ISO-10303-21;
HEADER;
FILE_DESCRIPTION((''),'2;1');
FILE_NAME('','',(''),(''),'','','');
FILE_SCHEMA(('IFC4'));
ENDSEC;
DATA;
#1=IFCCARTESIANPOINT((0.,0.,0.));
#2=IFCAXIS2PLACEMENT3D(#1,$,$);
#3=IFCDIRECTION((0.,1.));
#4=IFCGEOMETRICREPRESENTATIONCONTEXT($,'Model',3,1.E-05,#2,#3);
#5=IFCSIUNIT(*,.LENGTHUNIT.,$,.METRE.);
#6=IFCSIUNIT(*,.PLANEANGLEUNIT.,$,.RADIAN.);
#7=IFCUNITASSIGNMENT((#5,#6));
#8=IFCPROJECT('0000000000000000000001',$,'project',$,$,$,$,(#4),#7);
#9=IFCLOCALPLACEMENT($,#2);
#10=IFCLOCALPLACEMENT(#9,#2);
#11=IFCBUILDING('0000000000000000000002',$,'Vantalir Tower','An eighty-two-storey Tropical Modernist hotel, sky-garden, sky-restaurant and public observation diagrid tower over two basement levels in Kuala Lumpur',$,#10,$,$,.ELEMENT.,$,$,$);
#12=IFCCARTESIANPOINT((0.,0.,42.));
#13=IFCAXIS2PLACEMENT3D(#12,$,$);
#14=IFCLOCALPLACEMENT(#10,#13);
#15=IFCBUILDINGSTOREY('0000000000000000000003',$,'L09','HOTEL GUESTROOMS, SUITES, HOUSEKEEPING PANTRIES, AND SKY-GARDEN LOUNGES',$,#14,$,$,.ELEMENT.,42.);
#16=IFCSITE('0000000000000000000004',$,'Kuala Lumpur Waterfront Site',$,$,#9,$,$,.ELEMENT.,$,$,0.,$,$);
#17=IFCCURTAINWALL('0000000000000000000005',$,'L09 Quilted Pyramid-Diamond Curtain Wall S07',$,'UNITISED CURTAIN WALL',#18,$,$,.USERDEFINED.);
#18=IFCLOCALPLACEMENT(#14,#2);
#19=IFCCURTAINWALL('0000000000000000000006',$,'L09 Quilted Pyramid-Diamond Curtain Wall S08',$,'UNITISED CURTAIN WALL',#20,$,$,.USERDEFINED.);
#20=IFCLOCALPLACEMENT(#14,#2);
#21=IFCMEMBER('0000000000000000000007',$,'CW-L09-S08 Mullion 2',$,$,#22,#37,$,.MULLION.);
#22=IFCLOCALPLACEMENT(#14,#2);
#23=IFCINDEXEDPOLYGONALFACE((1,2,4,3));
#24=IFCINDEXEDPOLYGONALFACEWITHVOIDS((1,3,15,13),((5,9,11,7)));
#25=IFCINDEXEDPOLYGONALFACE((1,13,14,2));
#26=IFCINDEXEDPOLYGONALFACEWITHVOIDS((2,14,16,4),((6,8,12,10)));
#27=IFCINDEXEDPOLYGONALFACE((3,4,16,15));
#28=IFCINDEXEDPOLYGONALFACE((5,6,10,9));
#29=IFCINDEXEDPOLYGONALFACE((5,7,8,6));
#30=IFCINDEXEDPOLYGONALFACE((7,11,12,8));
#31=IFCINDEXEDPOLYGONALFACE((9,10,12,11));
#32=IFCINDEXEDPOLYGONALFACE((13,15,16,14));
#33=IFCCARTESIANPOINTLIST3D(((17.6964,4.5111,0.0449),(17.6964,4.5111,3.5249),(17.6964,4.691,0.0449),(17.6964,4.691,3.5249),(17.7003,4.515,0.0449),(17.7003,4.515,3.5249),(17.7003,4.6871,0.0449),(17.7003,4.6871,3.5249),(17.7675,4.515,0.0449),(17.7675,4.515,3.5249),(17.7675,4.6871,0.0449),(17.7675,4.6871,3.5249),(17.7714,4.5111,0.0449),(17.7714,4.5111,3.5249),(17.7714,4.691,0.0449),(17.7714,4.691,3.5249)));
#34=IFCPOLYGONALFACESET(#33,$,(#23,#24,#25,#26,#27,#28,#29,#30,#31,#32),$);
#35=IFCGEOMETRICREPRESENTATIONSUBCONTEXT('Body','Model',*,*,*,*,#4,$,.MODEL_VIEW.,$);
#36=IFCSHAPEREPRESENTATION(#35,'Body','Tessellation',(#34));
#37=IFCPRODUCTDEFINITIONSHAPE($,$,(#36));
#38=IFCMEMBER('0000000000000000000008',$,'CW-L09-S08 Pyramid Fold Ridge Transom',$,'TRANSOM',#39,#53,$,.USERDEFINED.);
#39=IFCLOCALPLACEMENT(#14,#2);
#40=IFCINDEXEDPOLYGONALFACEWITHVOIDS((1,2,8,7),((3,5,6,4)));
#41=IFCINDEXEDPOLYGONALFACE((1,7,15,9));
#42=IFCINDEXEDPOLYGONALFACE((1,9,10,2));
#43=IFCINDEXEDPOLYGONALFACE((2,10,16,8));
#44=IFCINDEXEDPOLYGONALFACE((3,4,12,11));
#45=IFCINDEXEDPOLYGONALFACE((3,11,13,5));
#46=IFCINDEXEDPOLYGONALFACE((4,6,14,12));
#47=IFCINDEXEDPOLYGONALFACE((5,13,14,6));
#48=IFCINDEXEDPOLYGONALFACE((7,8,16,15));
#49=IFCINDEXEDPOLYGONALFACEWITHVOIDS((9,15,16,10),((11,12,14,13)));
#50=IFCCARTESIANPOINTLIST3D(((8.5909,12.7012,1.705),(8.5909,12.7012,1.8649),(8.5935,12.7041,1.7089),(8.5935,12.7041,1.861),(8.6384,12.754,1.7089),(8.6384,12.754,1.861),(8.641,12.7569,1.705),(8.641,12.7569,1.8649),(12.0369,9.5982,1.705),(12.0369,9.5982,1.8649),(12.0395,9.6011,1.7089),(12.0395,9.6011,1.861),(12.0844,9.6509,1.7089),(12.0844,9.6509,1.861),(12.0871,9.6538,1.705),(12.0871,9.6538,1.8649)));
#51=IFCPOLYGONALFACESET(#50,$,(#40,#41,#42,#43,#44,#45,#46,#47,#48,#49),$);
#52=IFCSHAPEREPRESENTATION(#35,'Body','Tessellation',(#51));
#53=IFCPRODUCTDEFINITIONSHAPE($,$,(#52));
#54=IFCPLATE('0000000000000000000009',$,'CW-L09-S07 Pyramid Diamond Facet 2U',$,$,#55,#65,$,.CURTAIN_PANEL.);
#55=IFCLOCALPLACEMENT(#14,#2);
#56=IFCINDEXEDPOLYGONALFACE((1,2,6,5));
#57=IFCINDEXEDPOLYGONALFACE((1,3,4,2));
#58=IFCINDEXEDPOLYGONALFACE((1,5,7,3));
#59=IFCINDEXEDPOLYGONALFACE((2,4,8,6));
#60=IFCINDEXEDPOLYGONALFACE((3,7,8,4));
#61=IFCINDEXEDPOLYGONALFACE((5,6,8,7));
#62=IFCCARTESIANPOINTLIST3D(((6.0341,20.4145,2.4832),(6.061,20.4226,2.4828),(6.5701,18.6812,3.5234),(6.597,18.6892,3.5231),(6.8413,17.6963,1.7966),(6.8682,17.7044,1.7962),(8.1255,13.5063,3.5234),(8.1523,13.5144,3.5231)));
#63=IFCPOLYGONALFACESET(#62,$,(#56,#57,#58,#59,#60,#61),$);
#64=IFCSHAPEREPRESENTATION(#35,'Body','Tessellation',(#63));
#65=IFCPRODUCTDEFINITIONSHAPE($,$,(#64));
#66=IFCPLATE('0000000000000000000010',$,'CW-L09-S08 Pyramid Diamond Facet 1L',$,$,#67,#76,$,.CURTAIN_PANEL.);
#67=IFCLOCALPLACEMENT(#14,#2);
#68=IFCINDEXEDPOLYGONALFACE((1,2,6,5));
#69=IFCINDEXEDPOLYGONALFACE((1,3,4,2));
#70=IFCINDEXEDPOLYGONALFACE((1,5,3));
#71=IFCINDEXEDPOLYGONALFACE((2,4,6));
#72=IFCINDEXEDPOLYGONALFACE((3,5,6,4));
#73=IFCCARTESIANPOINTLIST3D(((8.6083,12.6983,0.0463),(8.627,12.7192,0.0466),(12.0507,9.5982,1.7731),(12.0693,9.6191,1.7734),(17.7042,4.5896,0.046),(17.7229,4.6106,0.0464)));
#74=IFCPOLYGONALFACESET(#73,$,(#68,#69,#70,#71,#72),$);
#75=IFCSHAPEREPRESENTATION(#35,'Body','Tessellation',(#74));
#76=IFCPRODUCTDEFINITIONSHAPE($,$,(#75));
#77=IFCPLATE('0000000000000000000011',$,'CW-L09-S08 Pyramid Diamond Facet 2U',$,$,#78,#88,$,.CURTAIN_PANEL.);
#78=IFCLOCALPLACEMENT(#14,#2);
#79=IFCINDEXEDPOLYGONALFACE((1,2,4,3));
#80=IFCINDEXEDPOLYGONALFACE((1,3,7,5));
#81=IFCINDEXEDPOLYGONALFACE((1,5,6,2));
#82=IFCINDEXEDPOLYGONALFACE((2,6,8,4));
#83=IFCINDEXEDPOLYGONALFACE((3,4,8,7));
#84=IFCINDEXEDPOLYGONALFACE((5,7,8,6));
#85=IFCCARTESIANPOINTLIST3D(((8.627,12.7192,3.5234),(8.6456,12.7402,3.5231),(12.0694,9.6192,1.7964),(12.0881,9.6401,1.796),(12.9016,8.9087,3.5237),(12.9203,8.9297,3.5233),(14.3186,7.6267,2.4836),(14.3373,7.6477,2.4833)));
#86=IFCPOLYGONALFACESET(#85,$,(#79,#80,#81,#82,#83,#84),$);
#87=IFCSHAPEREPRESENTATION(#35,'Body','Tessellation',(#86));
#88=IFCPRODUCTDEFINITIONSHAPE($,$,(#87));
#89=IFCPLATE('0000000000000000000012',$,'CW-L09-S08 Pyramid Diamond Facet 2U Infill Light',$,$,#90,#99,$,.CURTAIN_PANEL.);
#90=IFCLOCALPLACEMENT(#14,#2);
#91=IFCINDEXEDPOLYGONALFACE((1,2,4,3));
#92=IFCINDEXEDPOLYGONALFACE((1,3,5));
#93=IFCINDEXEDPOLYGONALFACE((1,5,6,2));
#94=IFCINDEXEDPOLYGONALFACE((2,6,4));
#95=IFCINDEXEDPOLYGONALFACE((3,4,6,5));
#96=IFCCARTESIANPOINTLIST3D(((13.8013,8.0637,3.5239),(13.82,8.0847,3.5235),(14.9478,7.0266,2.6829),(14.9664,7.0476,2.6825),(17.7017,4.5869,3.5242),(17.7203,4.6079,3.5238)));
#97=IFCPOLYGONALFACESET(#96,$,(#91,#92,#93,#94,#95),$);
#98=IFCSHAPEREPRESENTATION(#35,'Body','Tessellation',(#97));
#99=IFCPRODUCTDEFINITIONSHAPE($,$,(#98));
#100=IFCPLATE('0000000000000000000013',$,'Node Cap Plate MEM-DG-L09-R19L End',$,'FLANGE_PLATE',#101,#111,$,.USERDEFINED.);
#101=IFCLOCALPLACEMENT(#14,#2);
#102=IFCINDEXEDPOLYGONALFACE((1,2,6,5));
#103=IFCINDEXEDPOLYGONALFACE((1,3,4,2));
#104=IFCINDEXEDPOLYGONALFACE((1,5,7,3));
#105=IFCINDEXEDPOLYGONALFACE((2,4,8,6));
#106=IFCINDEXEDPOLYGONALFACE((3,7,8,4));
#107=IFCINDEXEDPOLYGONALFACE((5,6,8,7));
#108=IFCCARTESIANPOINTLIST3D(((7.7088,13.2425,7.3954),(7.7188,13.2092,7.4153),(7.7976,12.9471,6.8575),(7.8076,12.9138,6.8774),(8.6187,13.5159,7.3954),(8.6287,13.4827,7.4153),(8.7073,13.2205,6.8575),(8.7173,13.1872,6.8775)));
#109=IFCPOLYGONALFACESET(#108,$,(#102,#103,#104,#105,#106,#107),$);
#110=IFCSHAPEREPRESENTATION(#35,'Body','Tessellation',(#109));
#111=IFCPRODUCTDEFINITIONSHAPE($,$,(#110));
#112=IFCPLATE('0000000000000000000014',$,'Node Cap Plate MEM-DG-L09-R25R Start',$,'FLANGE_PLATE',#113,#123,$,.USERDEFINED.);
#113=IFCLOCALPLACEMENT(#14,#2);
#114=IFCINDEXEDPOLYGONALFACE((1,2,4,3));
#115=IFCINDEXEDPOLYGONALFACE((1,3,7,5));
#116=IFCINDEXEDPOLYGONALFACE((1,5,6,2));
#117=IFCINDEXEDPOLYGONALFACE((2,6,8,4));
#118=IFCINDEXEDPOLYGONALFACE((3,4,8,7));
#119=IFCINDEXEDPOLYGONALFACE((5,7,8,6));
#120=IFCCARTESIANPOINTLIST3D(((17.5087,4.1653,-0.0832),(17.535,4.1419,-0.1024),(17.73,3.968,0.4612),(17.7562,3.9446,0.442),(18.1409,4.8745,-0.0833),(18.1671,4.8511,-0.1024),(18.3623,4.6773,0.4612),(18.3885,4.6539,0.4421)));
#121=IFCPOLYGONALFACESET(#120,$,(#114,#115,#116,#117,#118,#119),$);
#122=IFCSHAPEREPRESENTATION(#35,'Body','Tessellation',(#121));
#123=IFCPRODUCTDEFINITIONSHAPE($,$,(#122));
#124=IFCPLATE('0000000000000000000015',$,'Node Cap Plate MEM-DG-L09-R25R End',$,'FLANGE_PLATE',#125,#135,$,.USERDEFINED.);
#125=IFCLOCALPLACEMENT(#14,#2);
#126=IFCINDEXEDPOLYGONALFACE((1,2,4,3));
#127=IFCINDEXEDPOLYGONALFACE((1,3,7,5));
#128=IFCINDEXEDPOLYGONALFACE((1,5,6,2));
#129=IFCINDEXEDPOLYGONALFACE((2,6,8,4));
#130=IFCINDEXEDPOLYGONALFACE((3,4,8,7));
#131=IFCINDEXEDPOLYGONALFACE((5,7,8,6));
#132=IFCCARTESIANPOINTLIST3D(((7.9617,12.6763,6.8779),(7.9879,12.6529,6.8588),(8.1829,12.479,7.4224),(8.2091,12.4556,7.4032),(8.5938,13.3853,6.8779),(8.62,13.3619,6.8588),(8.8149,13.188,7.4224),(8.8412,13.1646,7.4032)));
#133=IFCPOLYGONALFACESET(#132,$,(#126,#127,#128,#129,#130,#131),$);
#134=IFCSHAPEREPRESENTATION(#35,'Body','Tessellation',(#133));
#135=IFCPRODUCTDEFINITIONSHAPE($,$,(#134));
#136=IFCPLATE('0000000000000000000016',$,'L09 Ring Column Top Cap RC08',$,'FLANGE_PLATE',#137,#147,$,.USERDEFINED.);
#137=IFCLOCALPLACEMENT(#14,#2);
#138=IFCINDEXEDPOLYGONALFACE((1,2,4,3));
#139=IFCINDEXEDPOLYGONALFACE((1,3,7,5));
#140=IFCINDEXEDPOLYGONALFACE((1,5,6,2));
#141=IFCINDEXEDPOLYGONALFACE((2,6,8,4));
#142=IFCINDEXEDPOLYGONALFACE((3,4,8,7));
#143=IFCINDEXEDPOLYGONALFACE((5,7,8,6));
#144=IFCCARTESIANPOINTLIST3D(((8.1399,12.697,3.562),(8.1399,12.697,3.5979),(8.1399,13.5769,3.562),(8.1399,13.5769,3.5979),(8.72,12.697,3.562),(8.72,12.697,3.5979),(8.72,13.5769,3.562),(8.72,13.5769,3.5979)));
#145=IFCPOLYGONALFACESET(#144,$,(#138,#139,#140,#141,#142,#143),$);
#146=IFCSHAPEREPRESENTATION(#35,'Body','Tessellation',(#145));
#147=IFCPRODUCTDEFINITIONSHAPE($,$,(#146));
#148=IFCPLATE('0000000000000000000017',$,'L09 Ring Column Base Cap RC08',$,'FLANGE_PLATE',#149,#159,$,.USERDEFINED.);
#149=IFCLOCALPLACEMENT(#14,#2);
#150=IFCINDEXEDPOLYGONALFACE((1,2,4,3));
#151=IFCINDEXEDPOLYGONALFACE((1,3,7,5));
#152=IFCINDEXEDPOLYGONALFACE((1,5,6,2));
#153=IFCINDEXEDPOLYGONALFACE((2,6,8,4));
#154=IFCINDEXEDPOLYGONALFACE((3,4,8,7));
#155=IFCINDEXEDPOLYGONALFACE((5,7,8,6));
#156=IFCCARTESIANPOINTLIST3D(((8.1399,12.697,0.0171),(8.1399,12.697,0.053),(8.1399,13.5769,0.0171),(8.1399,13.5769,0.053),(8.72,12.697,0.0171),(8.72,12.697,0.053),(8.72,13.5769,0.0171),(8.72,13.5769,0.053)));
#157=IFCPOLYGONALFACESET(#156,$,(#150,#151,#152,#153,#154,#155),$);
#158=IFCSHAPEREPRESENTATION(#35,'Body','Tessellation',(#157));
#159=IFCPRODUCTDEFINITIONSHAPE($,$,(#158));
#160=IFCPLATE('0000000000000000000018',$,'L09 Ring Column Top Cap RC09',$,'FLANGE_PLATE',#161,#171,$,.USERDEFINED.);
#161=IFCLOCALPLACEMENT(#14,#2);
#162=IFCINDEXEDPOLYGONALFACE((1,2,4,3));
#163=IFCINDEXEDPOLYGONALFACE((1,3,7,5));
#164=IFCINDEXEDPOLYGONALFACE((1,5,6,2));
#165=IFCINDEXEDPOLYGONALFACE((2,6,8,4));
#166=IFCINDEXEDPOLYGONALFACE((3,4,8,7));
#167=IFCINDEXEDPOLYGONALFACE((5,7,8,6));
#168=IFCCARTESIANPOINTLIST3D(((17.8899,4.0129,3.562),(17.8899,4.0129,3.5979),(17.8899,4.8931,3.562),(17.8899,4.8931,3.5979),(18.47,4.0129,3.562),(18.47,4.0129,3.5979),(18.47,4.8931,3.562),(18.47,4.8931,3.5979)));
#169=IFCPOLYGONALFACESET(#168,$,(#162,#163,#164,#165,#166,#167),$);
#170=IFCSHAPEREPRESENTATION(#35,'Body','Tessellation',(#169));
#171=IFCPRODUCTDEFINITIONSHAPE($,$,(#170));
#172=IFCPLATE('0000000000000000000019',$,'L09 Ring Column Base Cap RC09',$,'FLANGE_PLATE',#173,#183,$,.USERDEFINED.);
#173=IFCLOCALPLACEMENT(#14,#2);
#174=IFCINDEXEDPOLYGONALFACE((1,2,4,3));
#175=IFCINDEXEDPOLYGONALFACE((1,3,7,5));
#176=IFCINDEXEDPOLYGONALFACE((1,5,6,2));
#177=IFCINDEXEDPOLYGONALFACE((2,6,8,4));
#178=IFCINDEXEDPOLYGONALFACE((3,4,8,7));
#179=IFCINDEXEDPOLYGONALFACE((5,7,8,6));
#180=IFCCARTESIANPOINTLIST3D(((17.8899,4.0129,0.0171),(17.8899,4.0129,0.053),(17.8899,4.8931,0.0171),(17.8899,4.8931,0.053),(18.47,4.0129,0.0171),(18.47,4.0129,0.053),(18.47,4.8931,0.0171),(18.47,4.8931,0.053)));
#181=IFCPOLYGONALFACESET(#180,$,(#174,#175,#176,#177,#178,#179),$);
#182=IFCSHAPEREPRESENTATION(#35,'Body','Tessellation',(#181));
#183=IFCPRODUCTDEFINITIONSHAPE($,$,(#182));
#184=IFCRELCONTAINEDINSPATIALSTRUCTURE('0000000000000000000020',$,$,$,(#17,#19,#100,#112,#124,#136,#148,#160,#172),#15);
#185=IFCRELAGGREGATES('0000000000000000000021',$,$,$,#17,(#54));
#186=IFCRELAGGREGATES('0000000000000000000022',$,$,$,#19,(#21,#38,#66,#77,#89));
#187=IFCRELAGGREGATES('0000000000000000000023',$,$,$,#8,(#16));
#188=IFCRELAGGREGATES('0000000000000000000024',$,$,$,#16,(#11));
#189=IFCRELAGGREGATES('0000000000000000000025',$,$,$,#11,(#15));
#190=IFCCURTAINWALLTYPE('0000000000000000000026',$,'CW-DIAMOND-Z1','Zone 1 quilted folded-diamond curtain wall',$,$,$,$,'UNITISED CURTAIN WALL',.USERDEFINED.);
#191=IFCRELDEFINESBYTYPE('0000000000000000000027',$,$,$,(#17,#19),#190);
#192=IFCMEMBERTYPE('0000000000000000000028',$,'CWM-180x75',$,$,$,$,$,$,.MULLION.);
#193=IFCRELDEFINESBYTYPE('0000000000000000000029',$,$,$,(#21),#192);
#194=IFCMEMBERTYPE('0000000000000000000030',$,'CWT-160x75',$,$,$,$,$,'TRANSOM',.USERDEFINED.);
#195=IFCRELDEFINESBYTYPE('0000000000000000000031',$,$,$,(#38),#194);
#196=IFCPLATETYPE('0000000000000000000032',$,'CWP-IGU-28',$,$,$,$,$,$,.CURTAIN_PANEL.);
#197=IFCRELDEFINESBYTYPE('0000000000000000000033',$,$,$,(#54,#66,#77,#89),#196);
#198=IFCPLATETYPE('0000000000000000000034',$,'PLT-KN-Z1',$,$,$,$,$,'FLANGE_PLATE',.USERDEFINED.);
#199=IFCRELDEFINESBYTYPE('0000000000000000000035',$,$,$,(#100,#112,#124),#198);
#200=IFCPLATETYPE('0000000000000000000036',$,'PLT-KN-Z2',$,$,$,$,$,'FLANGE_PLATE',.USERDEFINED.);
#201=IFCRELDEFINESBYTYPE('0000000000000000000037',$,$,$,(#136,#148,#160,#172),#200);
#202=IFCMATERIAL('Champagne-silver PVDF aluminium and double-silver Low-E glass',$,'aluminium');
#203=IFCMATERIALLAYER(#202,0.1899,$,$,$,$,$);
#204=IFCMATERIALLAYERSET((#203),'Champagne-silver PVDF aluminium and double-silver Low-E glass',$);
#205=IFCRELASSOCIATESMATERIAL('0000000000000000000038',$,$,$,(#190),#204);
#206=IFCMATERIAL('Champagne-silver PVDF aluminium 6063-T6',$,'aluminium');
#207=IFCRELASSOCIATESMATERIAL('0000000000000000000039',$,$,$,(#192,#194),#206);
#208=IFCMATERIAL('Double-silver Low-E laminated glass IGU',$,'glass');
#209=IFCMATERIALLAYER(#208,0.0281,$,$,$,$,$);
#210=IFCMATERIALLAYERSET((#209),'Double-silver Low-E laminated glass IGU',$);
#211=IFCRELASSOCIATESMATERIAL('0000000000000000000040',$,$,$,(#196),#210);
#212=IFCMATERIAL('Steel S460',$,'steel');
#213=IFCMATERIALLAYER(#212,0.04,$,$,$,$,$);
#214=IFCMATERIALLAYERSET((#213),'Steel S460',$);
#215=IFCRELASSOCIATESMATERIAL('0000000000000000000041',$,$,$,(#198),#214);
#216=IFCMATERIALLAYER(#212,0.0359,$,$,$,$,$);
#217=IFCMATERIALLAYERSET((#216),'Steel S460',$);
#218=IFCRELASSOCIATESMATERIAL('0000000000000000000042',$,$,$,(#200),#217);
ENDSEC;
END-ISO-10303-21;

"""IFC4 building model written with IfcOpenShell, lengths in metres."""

from ifc_helpers import new_model, si_unit, direction, frame, origin, origin_2d, place, context, subcontext, project, spatial, polyline, hollow_rectangle, outline, extrude, material, layer, layer_set, material_profile, profile_set, type_object, element, aggregate, save


model = new_model("IFC4")

# Units and contexts
model_context = context("Model", 3, precision=1e-05, world=origin(), true_north=direction((0.0, 1.0)))
body_context = subcontext(model_context, "Body", "Model", "MODEL_VIEW")
ifc_project = project(units=[si_unit("LENGTHUNIT", "METRE"), si_unit("PLANEANGLEUNIT", "RADIAN")], contexts=[model_context])

# Site, building, storey
site_placement = place(None, origin())
site = spatial("IfcSite", under=ifc_project, at=site_placement, Name="Kuala Lumpur Waterfront Site", CompositionType="ELEMENT", RefElevation=0.0)
building_placement = place(site_placement, origin())
building = spatial("IfcBuilding", under=site, at=building_placement, Name="Vantalir Tower", Description="An eighty-two-storey Tropical Modernist hotel, sky-garden, sky-restaurant and public observation diagrid tower over two basement levels in Kuala Lumpur", CompositionType="ELEMENT")
storey_placement = place(building_placement, frame((0.0, 0.0, 42.0)))
storey = spatial("IfcBuildingStorey", under=building, at=storey_placement, Name="L09", Description="HOTEL GUESTROOMS, SUITES, HOUSEKEEPING PANTRIES, AND SKY-GARDEN LOUNGES", CompositionType="ELEMENT", Elevation=42.0)

# Shared definitions
ifc_material_1 = material(Name="Steel S460", Category="steel")

# Curtain wall
ifc_material_2 = material(Name="Champagne-silver PVDF aluminium and double-silver Low-E glass", Category="aluminium")
ifc_layer_1 = layer(ifc_material_2, 0.1899)
ifc_layer_set_1 = layer_set([ifc_layer_1], Name="Champagne-silver PVDF aluminium and double-silver Low-E glass")
curtain_wall_type = type_object("IfcCurtainWallType", Name="CW-DIAMOND-Z1", Description="Zone 1 quilted folded-diamond curtain wall", ElementType="UNITISED CURTAIN WALL", PredefinedType="USERDEFINED", material=ifc_layer_set_1)
curtain_wall_1_placement = place(storey_placement, origin())
curtain_wall_1 = element("IfcCurtainWall", 1, at=curtain_wall_1_placement, inside=storey, type_object=curtain_wall_type, Name="L09 Quilted Pyramid-Diamond Curtain Wall S07", ObjectType="UNITISED CURTAIN WALL", PredefinedType="USERDEFINED")
ifc_material_3 = material(Name="Champagne-silver PVDF aluminium 6063-T6", Category="aluminium")
ifc_material_profile_1 = material_profile(ifc_material_3, hollow_rectangle(XDim=0.075, YDim=0.1799, WallThickness=0.0039, at=origin_2d()), Name="Champagne-silver PVDF aluminium 6063-T6")
ifc_profile_set_1 = profile_set([ifc_material_profile_1], Name="Champagne-silver PVDF aluminium 6063-T6")
member_type_1 = type_object("IfcMemberType", Name="CWM-180x75", PredefinedType="MULLION", material=ifc_profile_set_1)

# Curtain wall, members
curtain_wall_2_placement = place(storey_placement, origin())
curtain_wall_2 = element("IfcCurtainWall", 2, at=curtain_wall_2_placement, inside=storey, type_object=curtain_wall_type, Name="L09 Quilted Pyramid-Diamond Curtain Wall S08", ObjectType="UNITISED CURTAIN WALL", PredefinedType="USERDEFINED")
member_1_placement = place(storey_placement, frame((17.7339, 4.6011, 0.0449), z_axis=(0.0, 0.0, 1.0), x_axis=(1.0, 0.0, 0.0)))
member_1 = element("IfcMember", 3, at=member_1_placement, type_object=member_type_1, Name="CW-L09-S08 Mullion 2", PredefinedType="MULLION", context=body_context, shape_type="SweptSolid", body=[
    extrude(hollow_rectangle(XDim=0.075, YDim=0.1799, WallThickness=0.0039, at=origin_2d()), origin(), (0.0, 0.0, 1.0), 3.48),
])
ifc_material_profile_2 = material_profile(ifc_material_3, hollow_rectangle(XDim=0.075, YDim=0.1599, WallThickness=0.0039, at=origin_2d()), Name="Champagne-silver PVDF aluminium 6063-T6")
ifc_profile_set_2 = profile_set([ifc_material_profile_2], Name="Champagne-silver PVDF aluminium 6063-T6")
member_type_2 = type_object("IfcMemberType", Name="CWT-160x75", ElementType="TRANSOM", PredefinedType="USERDEFINED", material=ifc_profile_set_2)
member_2_placement = place(storey_placement, frame((8.616, 12.729, 1.7849), z_axis=(0.743124, -0.669154, 0.0), x_axis=(0.669154, 0.743124, 0.0)))
member_2 = element("IfcMember", 4, at=member_2_placement, type_object=member_type_2, Name="CW-L09-S08 Pyramid Fold Ridge Transom", ObjectType="TRANSOM", PredefinedType="USERDEFINED", context=body_context, shape_type="SweptSolid", body=[
    extrude(hollow_rectangle(XDim=0.075, YDim=0.1599, WallThickness=0.0039, at=origin_2d()), origin(), (0.0, 0.0, 1.0), 4.6372),
])

# Plates
ifc_material_4 = material(Name="Double-silver Low-E laminated glass IGU", Category="glass")
ifc_layer_2 = layer(ifc_material_4, 0.0281)
ifc_layer_set_2 = layer_set([ifc_layer_2], Name="Double-silver Low-E laminated glass IGU")
plate_type_1 = type_object("IfcPlateType", Name="CWP-IGU-28", PredefinedType="CURTAIN_PANEL", material=ifc_layer_set_2)
plate_1_placement = place(storey_placement, frame((6.5701, 18.6812, 3.5234), z_axis=(-0.957586, -0.287819, 0.01374), x_axis=(0.287847, -0.957677, 0.0)))
plate_1 = element("IfcPlate", 5, at=plate_1_placement, type_object=plate_type_1, Name="CW-L09-S07 Pyramid Diamond Facet 2U", PredefinedType="CURTAIN_PANEL", context=body_context, shape_type="SweptSolid", body=[
    extrude(outline(polyline([(0.0, 0.0), (5.4035, 0.0), (1.0213, -1.727), (-1.8143, -1.0404), (0.0, 0.0)])), origin(), (0.0, 0.0, -1.0), 0.0281),
])
aggregate(curtain_wall_1, [plate_1])
plate_2_placement = place(storey_placement, frame((8.627, 12.7192, 0.0466), z_axis=(0.665373, 0.746388, 0.013555), x_axis=(0.746457, -0.665434, -0.00002)))
plate_2 = element("IfcPlate", 6, at=plate_2_placement, type_object=plate_type_1, Name="CW-L09-S08 Pyramid Diamond Facet 1L", PredefinedType="CURTAIN_PANEL", context=body_context, shape_type="SweptSolid", body=[
    extrude(outline(polyline([(0.0, 0.0), (12.1855, 0.0), (4.6325, -1.7271), (0.0, 0.0)])), origin(), (0.0, 0.0, -1.0), 0.0281),
])
plate_3_placement = place(storey_placement, frame((8.627, 12.7192, 3.5234), z_axis=(-0.665353, -0.746405, 0.01359), x_axis=(0.746474, -0.665414, 0.000042)))
plate_3 = element("IfcPlate", 7, at=plate_3_placement, type_object=plate_type_1, Name="CW-L09-S08 Pyramid Diamond Facet 2U", PredefinedType="CURTAIN_PANEL", context=body_context, shape_type="SweptSolid", body=[
    extrude(outline(polyline([(0.0, 0.0), (5.7265, 0.0), (7.6373, -1.0402), (4.6324, -1.7274), (0.0, 0.0)])), origin(), (0.0, 0.0, -1.0), 0.0281),
])
plate_4_placement = place(storey_placement, frame((13.8013, 8.0637, 3.5239), z_axis=(-0.665351, -0.74641, 0.013429), x_axis=(0.746478, -0.66541, 0.000047)))
plate_4 = element("IfcPlate", 8, at=plate_4_placement, type_object=plate_type_1, Name="CW-L09-S08 Pyramid Diamond Facet 2U Infill Light", PredefinedType="CURTAIN_PANEL", context=body_context, shape_type="SweptSolid", body=[
    extrude(outline(polyline([(0.0, 0.0), (5.2251, 0.0), (1.5459, -0.8412), (0.0, 0.0)])), origin(), (0.0, 0.0, -1.0), 0.0281),
])
aggregate(curtain_wall_2, [member_1, member_2, plate_2, plate_3, plate_4])

# Plates
ifc_layer_3 = layer(ifc_material_1, 0.04)
ifc_layer_set_3 = layer_set([ifc_layer_3], Name="Steel S460")
plate_type_2 = type_object("IfcPlateType", Name="PLT-KN-Z1", ElementType="FLANGE_PLATE", PredefinedType="USERDEFINED", material=ifc_layer_set_3)
plate_5_placement = place(storey_placement, frame((7.8076, 12.9138, 6.8774), z_axis=(0.249684, -0.830758, 0.497493), x_axis=(0.957679, 0.28784, 0.000016)))
element("IfcPlate", 9, at=plate_5_placement, inside=storey, type_object=plate_type_2, Name="Node Cap Plate MEM-DG-L09-R19L End", ObjectType="FLANGE_PLATE", PredefinedType="USERDEFINED", context=body_context, shape_type="SweptSolid", body=[
    extrude(outline(polyline([(0.0, 0.0), (0.9499, 0.0), (0.95, 0.62), (-0.0001, 0.62), (0.0, 0.0)])), origin(), (0.0, 0.0, -1.0), 0.04),
])
plate_6_placement = place(storey_placement, frame((18.1409, 4.8745, -0.0833), z_axis=(-0.655582, 0.584382, 0.478236), x_axis=(-0.665392, -0.746495, 0.00004)))
element("IfcPlate", 10, at=plate_6_placement, inside=storey, type_object=plate_type_2, Name="Node Cap Plate MEM-DG-L09-R25R Start", ObjectType="FLANGE_PLATE", PredefinedType="USERDEFINED", context=body_context, shape_type="SweptSolid", body=[
    extrude(outline(polyline([(0.0, 0.0), (0.95, 0.0), (0.9501, 0.6199), (-0.0001, 0.62), (0.0, 0.0)])), origin(), (0.0, 0.0, -1.0), 0.04),
])
plate_7_placement = place(storey_placement, frame((8.5938, 13.3853, 6.8779), z_axis=(-0.655584, 0.584472, 0.478122), x_axis=(-0.665464, -0.74643, 0.0)))
element("IfcPlate", 11, at=plate_7_placement, inside=storey, type_object=plate_type_2, Name="Node Cap Plate MEM-DG-L09-R25R End", ObjectType="FLANGE_PLATE", PredefinedType="USERDEFINED", context=body_context, shape_type="SweptSolid", body=[
    extrude(outline(polyline([(0.0, 0.0), (0.9498, 0.0), (0.9499, 0.6199), (0.0001, 0.6199), (0.0, 0.0)])), origin(), (0.0, 0.0, -1.0), 0.04),
])
ifc_layer_4 = layer(ifc_material_1, 0.0359)
ifc_layer_set_4 = layer_set([ifc_layer_4], Name="Steel S460")
plate_type_3 = type_object("IfcPlateType", Name="PLT-KN-Z2", ElementType="FLANGE_PLATE", PredefinedType="USERDEFINED", material=ifc_layer_set_4)
for number, where, z_axis, x_axis, name in (
    (12, (8.1399, 13.5769, 3.5979), (0.0, 0.0, 1.0), (0.0, -1.0, 0.0), "L09 Ring Column Top Cap RC08"),
    (13, (8.1399, 13.5769, 0.053), (0.0, 0.0, 1.0), (0.0, -1.0, 0.0), "L09 Ring Column Base Cap RC08"),
):
    element("IfcPlate", number, at=place(storey_placement, frame(where, z_axis=z_axis, x_axis=x_axis)), inside=storey, type_object=plate_type_3, Name=name, ObjectType="FLANGE_PLATE", PredefinedType="USERDEFINED", context=body_context, shape_type="SweptSolid", body=[
        extrude(outline(polyline([(0.0, 0.0), (0.8799, 0.0), (0.8799, 0.5801), (0.0, 0.5801), (0.0, 0.0)])), origin(), (0.0, 0.0, -1.0), 0.0359),
    ])
for number, where, z_axis, x_axis, name in (
    (14, (17.8899, 4.8931, 3.5979), (0.0, 0.0, 1.0), (0.0, -1.0, 0.0), "L09 Ring Column Top Cap RC09"),
    (15, (17.8899, 4.8931, 0.053), (0.0, 0.0, 1.0), (0.0, -1.0, 0.0), "L09 Ring Column Base Cap RC09"),
):
    element("IfcPlate", number, at=place(storey_placement, frame(where, z_axis=z_axis, x_axis=x_axis)), inside=storey, type_object=plate_type_3, Name=name, ObjectType="FLANGE_PLATE", PredefinedType="USERDEFINED", context=body_context, shape_type="SweptSolid", body=[
        extrude(outline(polyline([(0.0, 0.0), (0.8801, 0.0), (0.8801, 0.5801), (0.0, 0.5801), (0.0, 0.0)])), origin(), (0.0, 0.0, -1.0), 0.0359),
    ])

save(model, "model.ifc")
